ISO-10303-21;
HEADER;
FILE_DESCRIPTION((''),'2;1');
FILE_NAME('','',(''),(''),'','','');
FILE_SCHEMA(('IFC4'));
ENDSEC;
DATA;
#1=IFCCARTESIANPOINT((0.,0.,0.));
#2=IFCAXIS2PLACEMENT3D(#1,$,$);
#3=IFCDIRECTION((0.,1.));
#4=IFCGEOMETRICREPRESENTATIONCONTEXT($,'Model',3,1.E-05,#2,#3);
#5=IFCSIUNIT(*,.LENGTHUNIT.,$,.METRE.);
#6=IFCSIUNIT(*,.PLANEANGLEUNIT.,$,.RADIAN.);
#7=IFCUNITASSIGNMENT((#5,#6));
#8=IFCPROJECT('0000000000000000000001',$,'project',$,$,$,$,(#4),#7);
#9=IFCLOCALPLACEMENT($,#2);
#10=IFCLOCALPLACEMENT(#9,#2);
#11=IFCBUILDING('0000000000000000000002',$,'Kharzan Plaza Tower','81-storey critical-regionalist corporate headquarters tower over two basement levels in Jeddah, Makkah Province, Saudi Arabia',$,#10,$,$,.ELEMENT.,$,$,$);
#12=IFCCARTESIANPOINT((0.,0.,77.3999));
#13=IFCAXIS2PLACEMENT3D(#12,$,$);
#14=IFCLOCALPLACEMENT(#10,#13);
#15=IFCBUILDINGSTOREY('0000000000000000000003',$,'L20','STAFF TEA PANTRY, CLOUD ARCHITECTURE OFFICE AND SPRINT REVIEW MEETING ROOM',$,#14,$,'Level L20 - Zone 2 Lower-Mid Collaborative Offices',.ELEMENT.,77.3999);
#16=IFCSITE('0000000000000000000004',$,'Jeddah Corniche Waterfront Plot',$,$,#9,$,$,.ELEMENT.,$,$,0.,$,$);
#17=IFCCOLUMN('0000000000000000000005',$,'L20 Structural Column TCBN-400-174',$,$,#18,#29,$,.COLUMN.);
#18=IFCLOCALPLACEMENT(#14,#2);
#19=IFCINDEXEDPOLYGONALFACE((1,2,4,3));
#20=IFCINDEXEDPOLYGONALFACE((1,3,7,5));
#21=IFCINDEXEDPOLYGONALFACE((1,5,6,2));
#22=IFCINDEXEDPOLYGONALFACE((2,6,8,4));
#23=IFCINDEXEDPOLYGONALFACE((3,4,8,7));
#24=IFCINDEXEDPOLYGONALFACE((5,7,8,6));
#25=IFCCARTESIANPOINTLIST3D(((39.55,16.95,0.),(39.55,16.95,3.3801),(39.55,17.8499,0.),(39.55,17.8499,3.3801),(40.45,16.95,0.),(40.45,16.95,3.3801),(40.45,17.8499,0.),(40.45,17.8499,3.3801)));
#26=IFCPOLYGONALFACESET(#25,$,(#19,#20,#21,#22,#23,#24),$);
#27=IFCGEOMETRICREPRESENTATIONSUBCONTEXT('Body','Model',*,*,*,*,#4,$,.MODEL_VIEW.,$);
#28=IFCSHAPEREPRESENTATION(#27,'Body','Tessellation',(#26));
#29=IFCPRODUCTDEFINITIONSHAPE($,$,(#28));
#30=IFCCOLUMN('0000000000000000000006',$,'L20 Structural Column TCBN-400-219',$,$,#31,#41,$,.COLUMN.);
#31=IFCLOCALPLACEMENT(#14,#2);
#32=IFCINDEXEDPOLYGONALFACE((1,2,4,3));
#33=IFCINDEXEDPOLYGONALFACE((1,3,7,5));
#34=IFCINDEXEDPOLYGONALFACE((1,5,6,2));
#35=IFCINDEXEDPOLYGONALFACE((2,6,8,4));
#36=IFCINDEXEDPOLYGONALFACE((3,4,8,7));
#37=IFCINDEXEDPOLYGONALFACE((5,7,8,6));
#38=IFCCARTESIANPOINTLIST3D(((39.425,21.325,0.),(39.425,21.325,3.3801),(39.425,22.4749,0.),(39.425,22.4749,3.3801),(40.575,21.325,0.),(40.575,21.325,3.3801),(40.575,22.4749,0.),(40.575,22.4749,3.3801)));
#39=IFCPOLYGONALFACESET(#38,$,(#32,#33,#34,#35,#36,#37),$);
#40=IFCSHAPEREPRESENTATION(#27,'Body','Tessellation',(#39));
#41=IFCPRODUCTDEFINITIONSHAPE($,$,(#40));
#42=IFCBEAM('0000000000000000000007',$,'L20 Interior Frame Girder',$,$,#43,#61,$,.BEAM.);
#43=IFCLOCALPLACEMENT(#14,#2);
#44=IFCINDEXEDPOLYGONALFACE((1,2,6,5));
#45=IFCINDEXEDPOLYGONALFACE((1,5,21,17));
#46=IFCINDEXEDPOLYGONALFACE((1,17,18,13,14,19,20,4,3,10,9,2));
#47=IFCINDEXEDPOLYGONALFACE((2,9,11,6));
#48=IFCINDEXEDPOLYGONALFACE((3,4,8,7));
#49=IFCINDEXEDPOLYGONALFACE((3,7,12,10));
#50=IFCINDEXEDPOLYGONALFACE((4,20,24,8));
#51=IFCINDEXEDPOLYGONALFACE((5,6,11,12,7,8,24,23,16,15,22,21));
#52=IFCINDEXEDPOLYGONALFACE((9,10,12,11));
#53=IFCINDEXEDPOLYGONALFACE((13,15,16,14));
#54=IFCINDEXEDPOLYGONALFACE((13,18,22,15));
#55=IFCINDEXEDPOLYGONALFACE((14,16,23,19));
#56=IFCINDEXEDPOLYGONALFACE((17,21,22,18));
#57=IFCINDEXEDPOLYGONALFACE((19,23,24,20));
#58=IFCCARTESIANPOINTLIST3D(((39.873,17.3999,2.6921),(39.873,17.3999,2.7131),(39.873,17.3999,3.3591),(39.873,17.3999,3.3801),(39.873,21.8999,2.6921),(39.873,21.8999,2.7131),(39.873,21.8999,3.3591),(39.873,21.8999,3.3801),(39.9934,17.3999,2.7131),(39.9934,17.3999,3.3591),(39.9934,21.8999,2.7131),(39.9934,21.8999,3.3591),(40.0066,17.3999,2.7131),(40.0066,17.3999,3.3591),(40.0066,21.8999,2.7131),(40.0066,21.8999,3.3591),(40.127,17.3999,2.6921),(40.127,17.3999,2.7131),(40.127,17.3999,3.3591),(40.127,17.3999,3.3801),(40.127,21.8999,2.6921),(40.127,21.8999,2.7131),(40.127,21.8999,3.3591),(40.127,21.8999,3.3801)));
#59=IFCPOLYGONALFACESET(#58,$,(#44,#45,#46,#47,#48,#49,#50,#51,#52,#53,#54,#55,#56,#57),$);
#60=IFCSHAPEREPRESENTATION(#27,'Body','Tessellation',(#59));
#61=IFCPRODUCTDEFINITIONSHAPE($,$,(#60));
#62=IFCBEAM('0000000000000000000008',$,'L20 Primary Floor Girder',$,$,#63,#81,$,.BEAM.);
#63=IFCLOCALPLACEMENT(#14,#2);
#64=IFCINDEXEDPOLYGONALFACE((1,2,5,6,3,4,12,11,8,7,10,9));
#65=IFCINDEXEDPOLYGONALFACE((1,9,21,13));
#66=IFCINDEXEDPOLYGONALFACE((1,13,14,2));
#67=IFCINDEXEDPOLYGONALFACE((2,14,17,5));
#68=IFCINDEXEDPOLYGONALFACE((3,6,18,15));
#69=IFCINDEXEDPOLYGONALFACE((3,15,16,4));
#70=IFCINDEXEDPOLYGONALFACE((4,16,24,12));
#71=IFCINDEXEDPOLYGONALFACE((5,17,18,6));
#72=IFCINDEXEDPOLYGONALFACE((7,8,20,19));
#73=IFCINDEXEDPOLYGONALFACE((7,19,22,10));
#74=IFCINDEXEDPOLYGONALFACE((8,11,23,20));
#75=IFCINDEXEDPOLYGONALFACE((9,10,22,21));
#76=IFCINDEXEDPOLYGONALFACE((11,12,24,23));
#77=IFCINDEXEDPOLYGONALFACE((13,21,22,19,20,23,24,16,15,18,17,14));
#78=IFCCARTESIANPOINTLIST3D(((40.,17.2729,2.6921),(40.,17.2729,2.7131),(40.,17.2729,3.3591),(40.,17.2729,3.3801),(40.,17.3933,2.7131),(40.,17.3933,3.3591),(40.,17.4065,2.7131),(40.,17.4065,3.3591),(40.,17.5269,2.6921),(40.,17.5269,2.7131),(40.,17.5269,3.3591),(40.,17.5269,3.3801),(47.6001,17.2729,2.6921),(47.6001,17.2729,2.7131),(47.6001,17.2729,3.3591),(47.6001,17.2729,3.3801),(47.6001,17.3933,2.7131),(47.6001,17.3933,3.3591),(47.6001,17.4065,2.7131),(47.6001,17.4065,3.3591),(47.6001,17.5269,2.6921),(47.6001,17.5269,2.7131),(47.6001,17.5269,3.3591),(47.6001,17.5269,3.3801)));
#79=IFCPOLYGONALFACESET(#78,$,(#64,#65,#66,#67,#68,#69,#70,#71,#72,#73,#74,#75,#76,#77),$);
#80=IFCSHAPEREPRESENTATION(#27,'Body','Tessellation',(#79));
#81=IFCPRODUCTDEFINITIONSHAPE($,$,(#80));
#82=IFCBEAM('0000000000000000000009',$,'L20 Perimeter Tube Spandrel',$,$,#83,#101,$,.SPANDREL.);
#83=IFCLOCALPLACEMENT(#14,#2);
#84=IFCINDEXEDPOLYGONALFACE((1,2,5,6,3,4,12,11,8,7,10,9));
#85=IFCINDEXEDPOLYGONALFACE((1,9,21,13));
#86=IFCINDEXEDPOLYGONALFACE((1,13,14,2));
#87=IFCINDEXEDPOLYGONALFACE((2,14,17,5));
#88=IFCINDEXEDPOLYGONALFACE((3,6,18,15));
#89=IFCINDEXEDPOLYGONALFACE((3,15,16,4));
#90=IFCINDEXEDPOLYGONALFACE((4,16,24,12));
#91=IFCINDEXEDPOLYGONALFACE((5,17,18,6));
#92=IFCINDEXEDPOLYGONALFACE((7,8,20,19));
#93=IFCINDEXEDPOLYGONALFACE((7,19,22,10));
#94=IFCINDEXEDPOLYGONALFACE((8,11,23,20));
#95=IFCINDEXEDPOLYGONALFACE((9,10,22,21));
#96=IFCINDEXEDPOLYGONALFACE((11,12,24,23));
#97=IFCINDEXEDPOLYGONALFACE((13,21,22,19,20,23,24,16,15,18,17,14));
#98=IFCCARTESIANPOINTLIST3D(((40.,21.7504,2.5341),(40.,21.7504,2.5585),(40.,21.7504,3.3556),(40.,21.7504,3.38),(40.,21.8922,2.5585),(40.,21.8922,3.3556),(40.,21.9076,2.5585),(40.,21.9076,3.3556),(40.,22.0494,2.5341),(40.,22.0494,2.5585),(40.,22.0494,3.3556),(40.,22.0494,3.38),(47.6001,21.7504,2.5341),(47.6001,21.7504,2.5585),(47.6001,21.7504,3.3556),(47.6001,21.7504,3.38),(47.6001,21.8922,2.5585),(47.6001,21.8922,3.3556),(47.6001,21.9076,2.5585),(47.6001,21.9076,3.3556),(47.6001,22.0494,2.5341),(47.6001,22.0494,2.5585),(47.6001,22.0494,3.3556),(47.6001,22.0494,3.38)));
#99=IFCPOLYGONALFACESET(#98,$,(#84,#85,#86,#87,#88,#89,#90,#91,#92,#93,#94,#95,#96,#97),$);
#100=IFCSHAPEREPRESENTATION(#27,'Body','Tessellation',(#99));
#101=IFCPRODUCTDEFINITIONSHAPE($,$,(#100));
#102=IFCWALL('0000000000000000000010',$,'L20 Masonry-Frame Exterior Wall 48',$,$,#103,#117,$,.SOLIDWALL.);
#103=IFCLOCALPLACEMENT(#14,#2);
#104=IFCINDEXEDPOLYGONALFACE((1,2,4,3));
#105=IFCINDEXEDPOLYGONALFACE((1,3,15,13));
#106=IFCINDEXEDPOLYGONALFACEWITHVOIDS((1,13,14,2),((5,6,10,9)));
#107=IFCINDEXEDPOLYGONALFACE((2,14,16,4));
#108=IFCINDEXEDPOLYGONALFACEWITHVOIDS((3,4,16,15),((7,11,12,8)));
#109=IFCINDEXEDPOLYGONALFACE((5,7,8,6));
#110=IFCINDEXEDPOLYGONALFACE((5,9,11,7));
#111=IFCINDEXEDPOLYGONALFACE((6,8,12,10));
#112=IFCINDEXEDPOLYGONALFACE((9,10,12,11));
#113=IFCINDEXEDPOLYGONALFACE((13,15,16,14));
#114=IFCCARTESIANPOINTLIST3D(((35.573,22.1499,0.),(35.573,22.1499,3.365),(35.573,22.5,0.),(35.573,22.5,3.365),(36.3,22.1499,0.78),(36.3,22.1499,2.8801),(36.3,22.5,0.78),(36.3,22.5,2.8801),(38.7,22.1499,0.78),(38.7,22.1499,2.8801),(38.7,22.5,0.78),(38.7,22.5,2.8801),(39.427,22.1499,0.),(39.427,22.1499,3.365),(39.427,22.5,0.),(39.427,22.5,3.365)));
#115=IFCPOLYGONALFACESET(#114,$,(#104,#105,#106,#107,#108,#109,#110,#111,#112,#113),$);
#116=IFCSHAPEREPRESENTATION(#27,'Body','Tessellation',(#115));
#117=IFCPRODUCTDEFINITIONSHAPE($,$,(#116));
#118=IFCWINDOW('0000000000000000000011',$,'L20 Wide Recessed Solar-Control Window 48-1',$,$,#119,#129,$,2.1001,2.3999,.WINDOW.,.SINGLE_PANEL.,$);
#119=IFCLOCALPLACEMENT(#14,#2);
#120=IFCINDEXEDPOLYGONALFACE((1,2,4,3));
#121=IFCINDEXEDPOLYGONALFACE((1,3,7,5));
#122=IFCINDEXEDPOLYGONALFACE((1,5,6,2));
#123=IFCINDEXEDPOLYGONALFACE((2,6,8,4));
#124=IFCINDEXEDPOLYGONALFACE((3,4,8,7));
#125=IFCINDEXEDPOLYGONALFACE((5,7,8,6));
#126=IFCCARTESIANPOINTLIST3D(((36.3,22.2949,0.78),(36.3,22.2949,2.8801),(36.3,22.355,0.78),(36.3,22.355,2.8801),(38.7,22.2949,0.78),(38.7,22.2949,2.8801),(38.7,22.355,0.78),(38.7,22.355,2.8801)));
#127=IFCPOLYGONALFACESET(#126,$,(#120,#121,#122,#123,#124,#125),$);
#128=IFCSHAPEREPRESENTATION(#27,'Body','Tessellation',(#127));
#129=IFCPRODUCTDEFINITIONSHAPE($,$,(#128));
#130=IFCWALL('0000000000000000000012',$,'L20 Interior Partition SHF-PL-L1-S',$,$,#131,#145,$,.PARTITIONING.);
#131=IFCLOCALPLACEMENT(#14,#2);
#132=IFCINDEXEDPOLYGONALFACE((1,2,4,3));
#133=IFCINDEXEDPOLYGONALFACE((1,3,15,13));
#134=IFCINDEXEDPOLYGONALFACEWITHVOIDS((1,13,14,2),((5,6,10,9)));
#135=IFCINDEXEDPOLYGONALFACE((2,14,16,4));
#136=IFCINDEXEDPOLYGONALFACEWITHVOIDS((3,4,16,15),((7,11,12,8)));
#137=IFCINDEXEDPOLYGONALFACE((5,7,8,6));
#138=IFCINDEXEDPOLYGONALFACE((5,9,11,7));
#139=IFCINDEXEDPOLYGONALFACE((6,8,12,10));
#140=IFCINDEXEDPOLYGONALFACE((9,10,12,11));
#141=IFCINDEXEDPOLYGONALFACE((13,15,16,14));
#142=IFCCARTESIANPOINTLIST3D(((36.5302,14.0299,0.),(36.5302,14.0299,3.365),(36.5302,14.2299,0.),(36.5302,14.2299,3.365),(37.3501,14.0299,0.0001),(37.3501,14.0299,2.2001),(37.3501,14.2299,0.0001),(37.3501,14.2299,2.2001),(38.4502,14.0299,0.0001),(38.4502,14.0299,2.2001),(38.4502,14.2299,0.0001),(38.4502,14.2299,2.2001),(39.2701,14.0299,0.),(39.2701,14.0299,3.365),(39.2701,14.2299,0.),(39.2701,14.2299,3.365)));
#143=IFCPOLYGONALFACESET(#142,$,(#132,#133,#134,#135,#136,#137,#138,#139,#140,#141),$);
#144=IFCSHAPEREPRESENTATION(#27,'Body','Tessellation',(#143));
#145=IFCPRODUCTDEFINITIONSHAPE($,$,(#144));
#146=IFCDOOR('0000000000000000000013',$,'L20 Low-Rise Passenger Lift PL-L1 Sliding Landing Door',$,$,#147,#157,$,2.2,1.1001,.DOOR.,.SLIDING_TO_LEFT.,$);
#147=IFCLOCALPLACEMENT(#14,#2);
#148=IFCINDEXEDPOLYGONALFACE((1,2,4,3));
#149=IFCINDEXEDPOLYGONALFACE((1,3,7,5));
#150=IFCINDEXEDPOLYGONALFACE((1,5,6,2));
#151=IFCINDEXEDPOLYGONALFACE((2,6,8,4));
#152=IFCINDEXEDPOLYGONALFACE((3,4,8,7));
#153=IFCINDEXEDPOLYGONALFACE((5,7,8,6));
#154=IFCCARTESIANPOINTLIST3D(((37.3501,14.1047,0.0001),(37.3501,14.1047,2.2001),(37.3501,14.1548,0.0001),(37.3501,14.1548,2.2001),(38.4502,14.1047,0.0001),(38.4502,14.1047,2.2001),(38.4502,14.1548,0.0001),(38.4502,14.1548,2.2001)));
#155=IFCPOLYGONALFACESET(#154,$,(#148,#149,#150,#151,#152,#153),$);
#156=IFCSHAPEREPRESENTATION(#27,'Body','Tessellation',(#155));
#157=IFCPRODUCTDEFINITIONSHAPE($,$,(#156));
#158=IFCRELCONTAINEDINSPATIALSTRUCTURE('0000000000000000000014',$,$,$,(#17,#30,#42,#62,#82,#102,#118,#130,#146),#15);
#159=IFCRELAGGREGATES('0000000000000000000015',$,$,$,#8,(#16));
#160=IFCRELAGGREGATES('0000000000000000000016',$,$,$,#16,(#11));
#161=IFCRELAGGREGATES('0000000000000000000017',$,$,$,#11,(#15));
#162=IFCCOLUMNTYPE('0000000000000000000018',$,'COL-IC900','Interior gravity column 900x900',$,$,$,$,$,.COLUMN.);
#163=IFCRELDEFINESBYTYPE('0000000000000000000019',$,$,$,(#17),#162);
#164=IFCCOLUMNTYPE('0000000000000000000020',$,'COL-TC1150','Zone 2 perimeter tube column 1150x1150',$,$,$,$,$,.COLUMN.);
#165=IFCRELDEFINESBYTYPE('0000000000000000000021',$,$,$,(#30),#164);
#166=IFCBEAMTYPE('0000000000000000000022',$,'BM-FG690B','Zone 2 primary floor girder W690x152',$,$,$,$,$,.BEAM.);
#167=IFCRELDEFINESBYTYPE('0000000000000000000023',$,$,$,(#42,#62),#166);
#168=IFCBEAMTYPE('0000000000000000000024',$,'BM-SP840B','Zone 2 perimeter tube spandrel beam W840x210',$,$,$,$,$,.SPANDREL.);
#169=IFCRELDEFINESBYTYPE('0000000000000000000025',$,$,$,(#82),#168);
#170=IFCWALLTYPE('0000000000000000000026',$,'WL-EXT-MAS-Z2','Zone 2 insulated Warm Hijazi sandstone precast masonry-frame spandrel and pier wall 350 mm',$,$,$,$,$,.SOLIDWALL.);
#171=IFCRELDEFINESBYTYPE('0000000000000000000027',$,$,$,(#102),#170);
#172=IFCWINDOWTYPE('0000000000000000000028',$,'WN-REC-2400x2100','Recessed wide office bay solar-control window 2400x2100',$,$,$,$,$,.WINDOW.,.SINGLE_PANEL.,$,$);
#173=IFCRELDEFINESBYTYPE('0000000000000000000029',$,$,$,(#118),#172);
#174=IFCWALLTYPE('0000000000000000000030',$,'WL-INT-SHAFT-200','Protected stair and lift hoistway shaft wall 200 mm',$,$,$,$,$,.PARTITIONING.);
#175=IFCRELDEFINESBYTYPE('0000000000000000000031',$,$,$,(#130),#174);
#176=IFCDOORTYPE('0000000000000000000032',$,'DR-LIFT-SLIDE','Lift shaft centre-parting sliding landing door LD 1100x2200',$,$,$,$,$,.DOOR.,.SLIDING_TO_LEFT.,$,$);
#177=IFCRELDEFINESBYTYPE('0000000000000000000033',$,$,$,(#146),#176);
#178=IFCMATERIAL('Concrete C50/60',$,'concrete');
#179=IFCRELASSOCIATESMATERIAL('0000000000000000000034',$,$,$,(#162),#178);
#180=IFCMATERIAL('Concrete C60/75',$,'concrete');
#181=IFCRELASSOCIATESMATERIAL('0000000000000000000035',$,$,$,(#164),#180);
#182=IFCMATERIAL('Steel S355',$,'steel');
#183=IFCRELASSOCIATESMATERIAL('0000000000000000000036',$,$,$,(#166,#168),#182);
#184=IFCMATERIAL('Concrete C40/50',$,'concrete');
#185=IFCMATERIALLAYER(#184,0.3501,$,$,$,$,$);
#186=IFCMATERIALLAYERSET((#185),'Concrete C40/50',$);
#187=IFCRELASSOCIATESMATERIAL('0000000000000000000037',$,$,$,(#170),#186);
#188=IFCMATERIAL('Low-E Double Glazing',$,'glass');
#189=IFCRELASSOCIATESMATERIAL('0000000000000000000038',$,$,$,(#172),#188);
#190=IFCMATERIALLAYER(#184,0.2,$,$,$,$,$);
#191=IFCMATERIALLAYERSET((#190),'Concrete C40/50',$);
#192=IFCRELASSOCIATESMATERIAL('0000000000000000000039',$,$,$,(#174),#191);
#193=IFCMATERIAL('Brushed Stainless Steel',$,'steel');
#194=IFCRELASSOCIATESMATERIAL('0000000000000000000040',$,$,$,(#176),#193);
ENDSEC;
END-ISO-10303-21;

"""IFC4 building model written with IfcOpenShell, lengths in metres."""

from ifc_helpers import new_model, si_unit, direction, frame, frame_2d, origin, origin_2d, place, context, subcontext, project, spatial, rectangle, i_section, extrude, source, transform, mapped, material, layer, layer_set, material_profile, profile_set, type_object, element, fill, save


model = new_model("IFC4")

# Units and contexts
model_context = context("Model", 3, precision=1e-05, world=origin(), true_north=direction((0.0, 1.0)))
body_context = subcontext(model_context, "Body", "Model", "MODEL_VIEW")
ifc_project = project(units=[si_unit("LENGTHUNIT", "METRE"), si_unit("PLANEANGLEUNIT", "RADIAN")], contexts=[model_context])

# Site, building, storey
site_placement = place(None, origin())
site = spatial("IfcSite", under=ifc_project, at=site_placement, Name="Jeddah Corniche Waterfront Plot", CompositionType="ELEMENT", RefElevation=0.0)
building_placement = place(site_placement, origin())
building = spatial("IfcBuilding", under=site, at=building_placement, Name="Kharzan Plaza Tower", Description="81-storey critical-regionalist corporate headquarters tower over two basement levels in Jeddah, Makkah Province, Saudi Arabia", CompositionType="ELEMENT")
storey_placement = place(building_placement, frame((0.0, 0.0, 77.3999)))
storey = spatial("IfcBuildingStorey", under=building, at=storey_placement, Name="L20", Description="STAFF TEA PANTRY, CLOUD ARCHITECTURE OFFICE AND SPRINT REVIEW MEETING ROOM", LongName="Level L20 - Zone 2 Lower-Mid Collaborative Offices", CompositionType="ELEMENT", Elevation=77.3999)

# Columns
ifc_material_1 = material(Name="Concrete C50/60", Category="concrete")
ifc_material_profile_1 = material_profile(ifc_material_1, rectangle(XDim=0.8999, YDim=0.8999, at=origin_2d()), Name="RC-IC900x900")
ifc_profile_set_1 = profile_set([ifc_material_profile_1], Name="Concrete C50/60")
column_type_1 = type_object("IfcColumnType", Name="COL-IC900", Description="Interior gravity column 900x900", PredefinedType="COLUMN", material=ifc_profile_set_1)
shared_shape_1 = source(origin(), body_context, "Body", "SweptSolid", [
    extrude(rectangle(XDim=0.8999, YDim=0.8999, at=origin_2d()), origin(), (0.0, 0.0, 1.0), 3.3801),
])
column_1_placement = place(storey_placement, frame((40.0, 17.3999, 0.0), z_axis=(0.0, 0.0, 1.0), x_axis=(1.0, 0.0, 0.0)))
element("IfcColumn", 1, at=column_1_placement, inside=storey, type_object=column_type_1, Name="L20 Structural Column TCBN-400-174", PredefinedType="COLUMN", context=body_context, shape_type="MappedRepresentation", body=[
    mapped(shared_shape_1, transform((0.0, 0.0, 0.0), x_axis=(1.0, 0.0, 0.0), y_axis=(0.0, 1.0, 0.0), z_axis=(0.0, 0.0, 1.0))),
])
ifc_material_2 = material(Name="Concrete C60/75", Category="concrete")
ifc_material_profile_2 = material_profile(ifc_material_2, rectangle(XDim=1.1499, YDim=1.1499, at=origin_2d()), Name="RC-TC1150x1150")
ifc_profile_set_2 = profile_set([ifc_material_profile_2], Name="Concrete C60/75")
column_type_2 = type_object("IfcColumnType", Name="COL-TC1150", Description="Zone 2 perimeter tube column 1150x1150", PredefinedType="COLUMN", material=ifc_profile_set_2)
shared_shape_2 = source(origin(), body_context, "Body", "SweptSolid", [
    extrude(rectangle(XDim=1.1499, YDim=1.1499, at=origin_2d()), origin(), (0.0, 0.0, 1.0), 3.3801),
])
column_2_placement = place(storey_placement, frame((40.0, 21.8999, 0.0), z_axis=(0.0, 0.0, 1.0), x_axis=(1.0, 0.0, 0.0)))
element("IfcColumn", 2, at=column_2_placement, inside=storey, type_object=column_type_2, Name="L20 Structural Column TCBN-400-219", PredefinedType="COLUMN", context=body_context, shape_type="MappedRepresentation", body=[
    mapped(shared_shape_2, transform((0.0, 0.0, 0.0), x_axis=(1.0, 0.0, 0.0), y_axis=(0.0, 1.0, 0.0), z_axis=(0.0, 0.0, 1.0))),
])

# Beams
ifc_material_3 = material(Name="Steel S355", Category="steel")
ifc_material_profile_3 = material_profile(ifc_material_3, i_section(OverallWidth=0.2539, OverallDepth=0.688, WebThickness=0.0132, FlangeThickness=0.021, at=origin_2d()), Name="W690x152")
ifc_profile_set_3 = profile_set([ifc_material_profile_3], Name="Steel S355")
beam_type_1 = type_object("IfcBeamType", Name="BM-FG690B", Description="Zone 2 primary floor girder W690x152", PredefinedType="BEAM", material=ifc_profile_set_3)
shared_shape_3 = source(origin(), body_context, "Body", "SweptSolid", [
    extrude(i_section(OverallWidth=0.2539, OverallDepth=0.688, WebThickness=0.0132, FlangeThickness=0.021, at=origin_2d()), origin(), (0.0, 0.0, 1.0), 4.5),
])
beam_1_placement = place(storey_placement, frame((40.0, 17.3999, 3.0361), z_axis=(0.0, 1.0, 0.0), x_axis=(-1.0, 0.0, 0.0)))
element("IfcBeam", 3, at=beam_1_placement, inside=storey, type_object=beam_type_1, Name="L20 Interior Frame Girder", PredefinedType="BEAM", context=body_context, shape_type="MappedRepresentation", body=[
    mapped(shared_shape_3, transform((0.0, 0.0, 0.0), x_axis=(1.0, 0.0, 0.0), y_axis=(0.0, 1.0, 0.0), z_axis=(0.0, 0.0, 1.0))),
])
shared_shape_4 = source(origin(), body_context, "Body", "SweptSolid", [
    extrude(i_section(OverallWidth=0.2539, OverallDepth=0.688, WebThickness=0.0132, FlangeThickness=0.021, at=origin_2d()), origin(), (0.0, 0.0, 1.0), 7.6001),
])
beam_2_placement = place(storey_placement, frame((40.0, 17.3999, 3.0361), z_axis=(1.0, 0.0, 0.0), x_axis=(0.0, 1.0, 0.0)))
element("IfcBeam", 4, at=beam_2_placement, inside=storey, type_object=beam_type_1, Name="L20 Primary Floor Girder", PredefinedType="BEAM", context=body_context, shape_type="MappedRepresentation", body=[
    mapped(shared_shape_4, transform((0.0, 0.0, 0.0), x_axis=(1.0, 0.0, 0.0), y_axis=(0.0, 1.0, 0.0), z_axis=(0.0, 0.0, 1.0))),
])
ifc_material_profile_4 = material_profile(ifc_material_3, i_section(OverallWidth=0.2991, OverallDepth=0.8459, WebThickness=0.0154, FlangeThickness=0.0244, at=origin_2d()), Name="W840x210")
ifc_profile_set_4 = profile_set([ifc_material_profile_4], Name="Steel S355")
beam_type_2 = type_object("IfcBeamType", Name="BM-SP840B", Description="Zone 2 perimeter tube spandrel beam W840x210", PredefinedType="SPANDREL", material=ifc_profile_set_4)
shared_shape_5 = source(origin(), body_context, "Body", "SweptSolid", [
    extrude(i_section(OverallWidth=0.2991, OverallDepth=0.8459, WebThickness=0.0154, FlangeThickness=0.0244, at=origin_2d()), origin(), (0.0, 0.0, 1.0), 7.6001),
])
beam_3_placement = place(storey_placement, frame((40.0, 21.8999, 2.957), z_axis=(1.0, 0.0, 0.0), x_axis=(0.0, 1.0, 0.0)))
element("IfcBeam", 5, at=beam_3_placement, inside=storey, type_object=beam_type_2, Name="L20 Perimeter Tube Spandrel", PredefinedType="SPANDREL", context=body_context, shape_type="MappedRepresentation", body=[
    mapped(shared_shape_5, transform((0.0, 0.0, 0.0), x_axis=(1.0, 0.0, 0.0), y_axis=(0.0, 1.0, 0.0), z_axis=(0.0, 0.0, 1.0))),
])

# Wall, opening, window
ifc_material_4 = material(Name="Concrete C40/50", Category="concrete")
ifc_layer_1 = layer(ifc_material_4, 0.3501)
ifc_layer_set_1 = layer_set([ifc_layer_1], Name="Concrete C40/50")
wall_type_1 = type_object("IfcWallType", Name="WL-EXT-MAS-Z2", Description="Zone 2 insulated Warm Hijazi sandstone precast masonry-frame spandrel and pier wall 350 mm", PredefinedType="SOLIDWALL", material=ifc_layer_set_1)
wall_1_placement = place(storey_placement, frame((39.427, 22.325, 0.0), z_axis=(0.0, 0.0, 1.0), x_axis=(-1.0, 0.0, 0.0)))
wall_1 = element("IfcWall", 6, at=wall_1_placement, inside=storey, type_object=wall_type_1, Name="L20 Masonry-Frame Exterior Wall 48", PredefinedType="SOLIDWALL", context=body_context, shape_type="SweptSolid", body=[
    extrude(rectangle(XDim=3.854, YDim=0.3501, at=frame_2d((1.927, 0.0))), origin(), (0.0, 0.0, 1.0), 3.365),
])
opening_1_placement = place(wall_1_placement, frame((0.7271, 0.0, 0.78)))
opening_1 = element("IfcOpeningElement", 7, at=opening_1_placement, cuts=wall_1, PredefinedType="OPENING", context=body_context, shape_type="SweptSolid", body=[
    extrude(rectangle(XDim=2.3999, YDim=2.1001, at=frame_2d((1.2, 1.05))), frame((0.0, 0.1851, 0.0), z_axis=(0.0, -1.0, 0.0), x_axis=(1.0, 0.0, 0.0)), (0.0, 0.0, 1.0), 0.3701),
])
ifc_material_5 = material(Name="Low-E Double Glazing", Category="glass")
window_type = type_object("IfcWindowType", Name="WN-REC-2400x2100", Description="Recessed wide office bay solar-control window 2400x2100", PartitioningType="SINGLE_PANEL", PredefinedType="WINDOW", material=ifc_material_5)
shared_shape_6 = source(origin(), body_context, "Body", "SweptSolid", [
    extrude(rectangle(XDim=2.3999, YDim=2.1001, at=frame_2d((1.2, 1.05))), frame((0.0, 0.03, 0.0), z_axis=(0.0, -1.0, 0.0), x_axis=(1.0, 0.0, 0.0)), (0.0, 0.0, 1.0), 0.0601),
])
window_placement = place(opening_1_placement, origin())
window = element("IfcWindow", 8, at=window_placement, inside=storey, type_object=window_type, Name="L20 Wide Recessed Solar-Control Window 48-1", OverallHeight=2.1001, OverallWidth=2.3999, PartitioningType="SINGLE_PANEL", PredefinedType="WINDOW", context=body_context, shape_type="MappedRepresentation", body=[
    mapped(shared_shape_6, transform((0.0, 0.0, 0.0), x_axis=(1.0, 0.0, 0.0), y_axis=(0.0, 1.0, 0.0), z_axis=(0.0, 0.0, 1.0))),
])
fill(opening_1, window)

# Wall, opening, door
ifc_layer_2 = layer(ifc_material_4, 0.2)
ifc_layer_set_2 = layer_set([ifc_layer_2], Name="Concrete C40/50")
wall_type_2 = type_object("IfcWallType", Name="WL-INT-SHAFT-200", Description="Protected stair and lift hoistway shaft wall 200 mm", PredefinedType="PARTITIONING", material=ifc_layer_set_2)
wall_2_placement = place(storey_placement, frame((36.53, 14.1299, 0.0), z_axis=(0.0, 0.0, 1.0), x_axis=(1.0, 0.0, 0.0)))
wall_2 = element("IfcWall", 9, at=wall_2_placement, inside=storey, type_object=wall_type_2, Name="L20 Interior Partition SHF-PL-L1-S", PredefinedType="PARTITIONING", context=body_context, shape_type="SweptSolid", body=[
    extrude(rectangle(XDim=2.74, YDim=0.2, at=frame_2d((1.3701, 0.0))), origin(), (0.0, 0.0, 1.0), 3.365),
])
opening_2_placement = place(wall_2_placement, frame((0.8201, 0.0, 0.0)))
opening_2 = element("IfcOpeningElement", 10, at=opening_2_placement, cuts=wall_2, PredefinedType="OPENING", context=body_context, shape_type="SweptSolid", body=[
    extrude(rectangle(XDim=1.1001, YDim=2.2, at=frame_2d((0.55, 1.1001))), frame((0.0, 0.1099, 0.0), z_axis=(0.0, -1.0, 0.0), x_axis=(1.0, 0.0, 0.0)), (0.0, 0.0, 1.0), 0.22),
])
ifc_material_6 = material(Name="Brushed Stainless Steel", Category="steel")
door_type = type_object("IfcDoorType", Name="DR-LIFT-SLIDE", Description="Lift shaft centre-parting sliding landing door LD 1100x2200", OperationType="SLIDING_TO_LEFT", PredefinedType="DOOR", material=ifc_material_6)
shared_shape_7 = source(origin(), body_context, "Body", "SweptSolid", [
    extrude(rectangle(XDim=1.1001, YDim=2.2, at=frame_2d((0.55, 1.1001))), frame((0.0, 0.0249, 0.0), z_axis=(0.0, -1.0, 0.0), x_axis=(1.0, 0.0, 0.0)), (0.0, 0.0, 1.0), 0.05),
])
door_1_placement = place(opening_2_placement, origin())
door_1 = element("IfcDoor", 11, at=door_1_placement, inside=storey, type_object=door_type, Name="L20 Low-Rise Passenger Lift PL-L1 Sliding Landing Door", OperationType="SLIDING_TO_LEFT", OverallHeight=2.2, OverallWidth=1.1001, PredefinedType="DOOR", context=body_context, shape_type="MappedRepresentation", body=[
    mapped(shared_shape_7, transform((0.0, 0.0, 0.0), x_axis=(1.0, 0.0, 0.0), y_axis=(0.0, 1.0, 0.0), z_axis=(0.0, 0.0, 1.0))),
])
fill(opening_2, door_1)

save(model, "model.ifc")
